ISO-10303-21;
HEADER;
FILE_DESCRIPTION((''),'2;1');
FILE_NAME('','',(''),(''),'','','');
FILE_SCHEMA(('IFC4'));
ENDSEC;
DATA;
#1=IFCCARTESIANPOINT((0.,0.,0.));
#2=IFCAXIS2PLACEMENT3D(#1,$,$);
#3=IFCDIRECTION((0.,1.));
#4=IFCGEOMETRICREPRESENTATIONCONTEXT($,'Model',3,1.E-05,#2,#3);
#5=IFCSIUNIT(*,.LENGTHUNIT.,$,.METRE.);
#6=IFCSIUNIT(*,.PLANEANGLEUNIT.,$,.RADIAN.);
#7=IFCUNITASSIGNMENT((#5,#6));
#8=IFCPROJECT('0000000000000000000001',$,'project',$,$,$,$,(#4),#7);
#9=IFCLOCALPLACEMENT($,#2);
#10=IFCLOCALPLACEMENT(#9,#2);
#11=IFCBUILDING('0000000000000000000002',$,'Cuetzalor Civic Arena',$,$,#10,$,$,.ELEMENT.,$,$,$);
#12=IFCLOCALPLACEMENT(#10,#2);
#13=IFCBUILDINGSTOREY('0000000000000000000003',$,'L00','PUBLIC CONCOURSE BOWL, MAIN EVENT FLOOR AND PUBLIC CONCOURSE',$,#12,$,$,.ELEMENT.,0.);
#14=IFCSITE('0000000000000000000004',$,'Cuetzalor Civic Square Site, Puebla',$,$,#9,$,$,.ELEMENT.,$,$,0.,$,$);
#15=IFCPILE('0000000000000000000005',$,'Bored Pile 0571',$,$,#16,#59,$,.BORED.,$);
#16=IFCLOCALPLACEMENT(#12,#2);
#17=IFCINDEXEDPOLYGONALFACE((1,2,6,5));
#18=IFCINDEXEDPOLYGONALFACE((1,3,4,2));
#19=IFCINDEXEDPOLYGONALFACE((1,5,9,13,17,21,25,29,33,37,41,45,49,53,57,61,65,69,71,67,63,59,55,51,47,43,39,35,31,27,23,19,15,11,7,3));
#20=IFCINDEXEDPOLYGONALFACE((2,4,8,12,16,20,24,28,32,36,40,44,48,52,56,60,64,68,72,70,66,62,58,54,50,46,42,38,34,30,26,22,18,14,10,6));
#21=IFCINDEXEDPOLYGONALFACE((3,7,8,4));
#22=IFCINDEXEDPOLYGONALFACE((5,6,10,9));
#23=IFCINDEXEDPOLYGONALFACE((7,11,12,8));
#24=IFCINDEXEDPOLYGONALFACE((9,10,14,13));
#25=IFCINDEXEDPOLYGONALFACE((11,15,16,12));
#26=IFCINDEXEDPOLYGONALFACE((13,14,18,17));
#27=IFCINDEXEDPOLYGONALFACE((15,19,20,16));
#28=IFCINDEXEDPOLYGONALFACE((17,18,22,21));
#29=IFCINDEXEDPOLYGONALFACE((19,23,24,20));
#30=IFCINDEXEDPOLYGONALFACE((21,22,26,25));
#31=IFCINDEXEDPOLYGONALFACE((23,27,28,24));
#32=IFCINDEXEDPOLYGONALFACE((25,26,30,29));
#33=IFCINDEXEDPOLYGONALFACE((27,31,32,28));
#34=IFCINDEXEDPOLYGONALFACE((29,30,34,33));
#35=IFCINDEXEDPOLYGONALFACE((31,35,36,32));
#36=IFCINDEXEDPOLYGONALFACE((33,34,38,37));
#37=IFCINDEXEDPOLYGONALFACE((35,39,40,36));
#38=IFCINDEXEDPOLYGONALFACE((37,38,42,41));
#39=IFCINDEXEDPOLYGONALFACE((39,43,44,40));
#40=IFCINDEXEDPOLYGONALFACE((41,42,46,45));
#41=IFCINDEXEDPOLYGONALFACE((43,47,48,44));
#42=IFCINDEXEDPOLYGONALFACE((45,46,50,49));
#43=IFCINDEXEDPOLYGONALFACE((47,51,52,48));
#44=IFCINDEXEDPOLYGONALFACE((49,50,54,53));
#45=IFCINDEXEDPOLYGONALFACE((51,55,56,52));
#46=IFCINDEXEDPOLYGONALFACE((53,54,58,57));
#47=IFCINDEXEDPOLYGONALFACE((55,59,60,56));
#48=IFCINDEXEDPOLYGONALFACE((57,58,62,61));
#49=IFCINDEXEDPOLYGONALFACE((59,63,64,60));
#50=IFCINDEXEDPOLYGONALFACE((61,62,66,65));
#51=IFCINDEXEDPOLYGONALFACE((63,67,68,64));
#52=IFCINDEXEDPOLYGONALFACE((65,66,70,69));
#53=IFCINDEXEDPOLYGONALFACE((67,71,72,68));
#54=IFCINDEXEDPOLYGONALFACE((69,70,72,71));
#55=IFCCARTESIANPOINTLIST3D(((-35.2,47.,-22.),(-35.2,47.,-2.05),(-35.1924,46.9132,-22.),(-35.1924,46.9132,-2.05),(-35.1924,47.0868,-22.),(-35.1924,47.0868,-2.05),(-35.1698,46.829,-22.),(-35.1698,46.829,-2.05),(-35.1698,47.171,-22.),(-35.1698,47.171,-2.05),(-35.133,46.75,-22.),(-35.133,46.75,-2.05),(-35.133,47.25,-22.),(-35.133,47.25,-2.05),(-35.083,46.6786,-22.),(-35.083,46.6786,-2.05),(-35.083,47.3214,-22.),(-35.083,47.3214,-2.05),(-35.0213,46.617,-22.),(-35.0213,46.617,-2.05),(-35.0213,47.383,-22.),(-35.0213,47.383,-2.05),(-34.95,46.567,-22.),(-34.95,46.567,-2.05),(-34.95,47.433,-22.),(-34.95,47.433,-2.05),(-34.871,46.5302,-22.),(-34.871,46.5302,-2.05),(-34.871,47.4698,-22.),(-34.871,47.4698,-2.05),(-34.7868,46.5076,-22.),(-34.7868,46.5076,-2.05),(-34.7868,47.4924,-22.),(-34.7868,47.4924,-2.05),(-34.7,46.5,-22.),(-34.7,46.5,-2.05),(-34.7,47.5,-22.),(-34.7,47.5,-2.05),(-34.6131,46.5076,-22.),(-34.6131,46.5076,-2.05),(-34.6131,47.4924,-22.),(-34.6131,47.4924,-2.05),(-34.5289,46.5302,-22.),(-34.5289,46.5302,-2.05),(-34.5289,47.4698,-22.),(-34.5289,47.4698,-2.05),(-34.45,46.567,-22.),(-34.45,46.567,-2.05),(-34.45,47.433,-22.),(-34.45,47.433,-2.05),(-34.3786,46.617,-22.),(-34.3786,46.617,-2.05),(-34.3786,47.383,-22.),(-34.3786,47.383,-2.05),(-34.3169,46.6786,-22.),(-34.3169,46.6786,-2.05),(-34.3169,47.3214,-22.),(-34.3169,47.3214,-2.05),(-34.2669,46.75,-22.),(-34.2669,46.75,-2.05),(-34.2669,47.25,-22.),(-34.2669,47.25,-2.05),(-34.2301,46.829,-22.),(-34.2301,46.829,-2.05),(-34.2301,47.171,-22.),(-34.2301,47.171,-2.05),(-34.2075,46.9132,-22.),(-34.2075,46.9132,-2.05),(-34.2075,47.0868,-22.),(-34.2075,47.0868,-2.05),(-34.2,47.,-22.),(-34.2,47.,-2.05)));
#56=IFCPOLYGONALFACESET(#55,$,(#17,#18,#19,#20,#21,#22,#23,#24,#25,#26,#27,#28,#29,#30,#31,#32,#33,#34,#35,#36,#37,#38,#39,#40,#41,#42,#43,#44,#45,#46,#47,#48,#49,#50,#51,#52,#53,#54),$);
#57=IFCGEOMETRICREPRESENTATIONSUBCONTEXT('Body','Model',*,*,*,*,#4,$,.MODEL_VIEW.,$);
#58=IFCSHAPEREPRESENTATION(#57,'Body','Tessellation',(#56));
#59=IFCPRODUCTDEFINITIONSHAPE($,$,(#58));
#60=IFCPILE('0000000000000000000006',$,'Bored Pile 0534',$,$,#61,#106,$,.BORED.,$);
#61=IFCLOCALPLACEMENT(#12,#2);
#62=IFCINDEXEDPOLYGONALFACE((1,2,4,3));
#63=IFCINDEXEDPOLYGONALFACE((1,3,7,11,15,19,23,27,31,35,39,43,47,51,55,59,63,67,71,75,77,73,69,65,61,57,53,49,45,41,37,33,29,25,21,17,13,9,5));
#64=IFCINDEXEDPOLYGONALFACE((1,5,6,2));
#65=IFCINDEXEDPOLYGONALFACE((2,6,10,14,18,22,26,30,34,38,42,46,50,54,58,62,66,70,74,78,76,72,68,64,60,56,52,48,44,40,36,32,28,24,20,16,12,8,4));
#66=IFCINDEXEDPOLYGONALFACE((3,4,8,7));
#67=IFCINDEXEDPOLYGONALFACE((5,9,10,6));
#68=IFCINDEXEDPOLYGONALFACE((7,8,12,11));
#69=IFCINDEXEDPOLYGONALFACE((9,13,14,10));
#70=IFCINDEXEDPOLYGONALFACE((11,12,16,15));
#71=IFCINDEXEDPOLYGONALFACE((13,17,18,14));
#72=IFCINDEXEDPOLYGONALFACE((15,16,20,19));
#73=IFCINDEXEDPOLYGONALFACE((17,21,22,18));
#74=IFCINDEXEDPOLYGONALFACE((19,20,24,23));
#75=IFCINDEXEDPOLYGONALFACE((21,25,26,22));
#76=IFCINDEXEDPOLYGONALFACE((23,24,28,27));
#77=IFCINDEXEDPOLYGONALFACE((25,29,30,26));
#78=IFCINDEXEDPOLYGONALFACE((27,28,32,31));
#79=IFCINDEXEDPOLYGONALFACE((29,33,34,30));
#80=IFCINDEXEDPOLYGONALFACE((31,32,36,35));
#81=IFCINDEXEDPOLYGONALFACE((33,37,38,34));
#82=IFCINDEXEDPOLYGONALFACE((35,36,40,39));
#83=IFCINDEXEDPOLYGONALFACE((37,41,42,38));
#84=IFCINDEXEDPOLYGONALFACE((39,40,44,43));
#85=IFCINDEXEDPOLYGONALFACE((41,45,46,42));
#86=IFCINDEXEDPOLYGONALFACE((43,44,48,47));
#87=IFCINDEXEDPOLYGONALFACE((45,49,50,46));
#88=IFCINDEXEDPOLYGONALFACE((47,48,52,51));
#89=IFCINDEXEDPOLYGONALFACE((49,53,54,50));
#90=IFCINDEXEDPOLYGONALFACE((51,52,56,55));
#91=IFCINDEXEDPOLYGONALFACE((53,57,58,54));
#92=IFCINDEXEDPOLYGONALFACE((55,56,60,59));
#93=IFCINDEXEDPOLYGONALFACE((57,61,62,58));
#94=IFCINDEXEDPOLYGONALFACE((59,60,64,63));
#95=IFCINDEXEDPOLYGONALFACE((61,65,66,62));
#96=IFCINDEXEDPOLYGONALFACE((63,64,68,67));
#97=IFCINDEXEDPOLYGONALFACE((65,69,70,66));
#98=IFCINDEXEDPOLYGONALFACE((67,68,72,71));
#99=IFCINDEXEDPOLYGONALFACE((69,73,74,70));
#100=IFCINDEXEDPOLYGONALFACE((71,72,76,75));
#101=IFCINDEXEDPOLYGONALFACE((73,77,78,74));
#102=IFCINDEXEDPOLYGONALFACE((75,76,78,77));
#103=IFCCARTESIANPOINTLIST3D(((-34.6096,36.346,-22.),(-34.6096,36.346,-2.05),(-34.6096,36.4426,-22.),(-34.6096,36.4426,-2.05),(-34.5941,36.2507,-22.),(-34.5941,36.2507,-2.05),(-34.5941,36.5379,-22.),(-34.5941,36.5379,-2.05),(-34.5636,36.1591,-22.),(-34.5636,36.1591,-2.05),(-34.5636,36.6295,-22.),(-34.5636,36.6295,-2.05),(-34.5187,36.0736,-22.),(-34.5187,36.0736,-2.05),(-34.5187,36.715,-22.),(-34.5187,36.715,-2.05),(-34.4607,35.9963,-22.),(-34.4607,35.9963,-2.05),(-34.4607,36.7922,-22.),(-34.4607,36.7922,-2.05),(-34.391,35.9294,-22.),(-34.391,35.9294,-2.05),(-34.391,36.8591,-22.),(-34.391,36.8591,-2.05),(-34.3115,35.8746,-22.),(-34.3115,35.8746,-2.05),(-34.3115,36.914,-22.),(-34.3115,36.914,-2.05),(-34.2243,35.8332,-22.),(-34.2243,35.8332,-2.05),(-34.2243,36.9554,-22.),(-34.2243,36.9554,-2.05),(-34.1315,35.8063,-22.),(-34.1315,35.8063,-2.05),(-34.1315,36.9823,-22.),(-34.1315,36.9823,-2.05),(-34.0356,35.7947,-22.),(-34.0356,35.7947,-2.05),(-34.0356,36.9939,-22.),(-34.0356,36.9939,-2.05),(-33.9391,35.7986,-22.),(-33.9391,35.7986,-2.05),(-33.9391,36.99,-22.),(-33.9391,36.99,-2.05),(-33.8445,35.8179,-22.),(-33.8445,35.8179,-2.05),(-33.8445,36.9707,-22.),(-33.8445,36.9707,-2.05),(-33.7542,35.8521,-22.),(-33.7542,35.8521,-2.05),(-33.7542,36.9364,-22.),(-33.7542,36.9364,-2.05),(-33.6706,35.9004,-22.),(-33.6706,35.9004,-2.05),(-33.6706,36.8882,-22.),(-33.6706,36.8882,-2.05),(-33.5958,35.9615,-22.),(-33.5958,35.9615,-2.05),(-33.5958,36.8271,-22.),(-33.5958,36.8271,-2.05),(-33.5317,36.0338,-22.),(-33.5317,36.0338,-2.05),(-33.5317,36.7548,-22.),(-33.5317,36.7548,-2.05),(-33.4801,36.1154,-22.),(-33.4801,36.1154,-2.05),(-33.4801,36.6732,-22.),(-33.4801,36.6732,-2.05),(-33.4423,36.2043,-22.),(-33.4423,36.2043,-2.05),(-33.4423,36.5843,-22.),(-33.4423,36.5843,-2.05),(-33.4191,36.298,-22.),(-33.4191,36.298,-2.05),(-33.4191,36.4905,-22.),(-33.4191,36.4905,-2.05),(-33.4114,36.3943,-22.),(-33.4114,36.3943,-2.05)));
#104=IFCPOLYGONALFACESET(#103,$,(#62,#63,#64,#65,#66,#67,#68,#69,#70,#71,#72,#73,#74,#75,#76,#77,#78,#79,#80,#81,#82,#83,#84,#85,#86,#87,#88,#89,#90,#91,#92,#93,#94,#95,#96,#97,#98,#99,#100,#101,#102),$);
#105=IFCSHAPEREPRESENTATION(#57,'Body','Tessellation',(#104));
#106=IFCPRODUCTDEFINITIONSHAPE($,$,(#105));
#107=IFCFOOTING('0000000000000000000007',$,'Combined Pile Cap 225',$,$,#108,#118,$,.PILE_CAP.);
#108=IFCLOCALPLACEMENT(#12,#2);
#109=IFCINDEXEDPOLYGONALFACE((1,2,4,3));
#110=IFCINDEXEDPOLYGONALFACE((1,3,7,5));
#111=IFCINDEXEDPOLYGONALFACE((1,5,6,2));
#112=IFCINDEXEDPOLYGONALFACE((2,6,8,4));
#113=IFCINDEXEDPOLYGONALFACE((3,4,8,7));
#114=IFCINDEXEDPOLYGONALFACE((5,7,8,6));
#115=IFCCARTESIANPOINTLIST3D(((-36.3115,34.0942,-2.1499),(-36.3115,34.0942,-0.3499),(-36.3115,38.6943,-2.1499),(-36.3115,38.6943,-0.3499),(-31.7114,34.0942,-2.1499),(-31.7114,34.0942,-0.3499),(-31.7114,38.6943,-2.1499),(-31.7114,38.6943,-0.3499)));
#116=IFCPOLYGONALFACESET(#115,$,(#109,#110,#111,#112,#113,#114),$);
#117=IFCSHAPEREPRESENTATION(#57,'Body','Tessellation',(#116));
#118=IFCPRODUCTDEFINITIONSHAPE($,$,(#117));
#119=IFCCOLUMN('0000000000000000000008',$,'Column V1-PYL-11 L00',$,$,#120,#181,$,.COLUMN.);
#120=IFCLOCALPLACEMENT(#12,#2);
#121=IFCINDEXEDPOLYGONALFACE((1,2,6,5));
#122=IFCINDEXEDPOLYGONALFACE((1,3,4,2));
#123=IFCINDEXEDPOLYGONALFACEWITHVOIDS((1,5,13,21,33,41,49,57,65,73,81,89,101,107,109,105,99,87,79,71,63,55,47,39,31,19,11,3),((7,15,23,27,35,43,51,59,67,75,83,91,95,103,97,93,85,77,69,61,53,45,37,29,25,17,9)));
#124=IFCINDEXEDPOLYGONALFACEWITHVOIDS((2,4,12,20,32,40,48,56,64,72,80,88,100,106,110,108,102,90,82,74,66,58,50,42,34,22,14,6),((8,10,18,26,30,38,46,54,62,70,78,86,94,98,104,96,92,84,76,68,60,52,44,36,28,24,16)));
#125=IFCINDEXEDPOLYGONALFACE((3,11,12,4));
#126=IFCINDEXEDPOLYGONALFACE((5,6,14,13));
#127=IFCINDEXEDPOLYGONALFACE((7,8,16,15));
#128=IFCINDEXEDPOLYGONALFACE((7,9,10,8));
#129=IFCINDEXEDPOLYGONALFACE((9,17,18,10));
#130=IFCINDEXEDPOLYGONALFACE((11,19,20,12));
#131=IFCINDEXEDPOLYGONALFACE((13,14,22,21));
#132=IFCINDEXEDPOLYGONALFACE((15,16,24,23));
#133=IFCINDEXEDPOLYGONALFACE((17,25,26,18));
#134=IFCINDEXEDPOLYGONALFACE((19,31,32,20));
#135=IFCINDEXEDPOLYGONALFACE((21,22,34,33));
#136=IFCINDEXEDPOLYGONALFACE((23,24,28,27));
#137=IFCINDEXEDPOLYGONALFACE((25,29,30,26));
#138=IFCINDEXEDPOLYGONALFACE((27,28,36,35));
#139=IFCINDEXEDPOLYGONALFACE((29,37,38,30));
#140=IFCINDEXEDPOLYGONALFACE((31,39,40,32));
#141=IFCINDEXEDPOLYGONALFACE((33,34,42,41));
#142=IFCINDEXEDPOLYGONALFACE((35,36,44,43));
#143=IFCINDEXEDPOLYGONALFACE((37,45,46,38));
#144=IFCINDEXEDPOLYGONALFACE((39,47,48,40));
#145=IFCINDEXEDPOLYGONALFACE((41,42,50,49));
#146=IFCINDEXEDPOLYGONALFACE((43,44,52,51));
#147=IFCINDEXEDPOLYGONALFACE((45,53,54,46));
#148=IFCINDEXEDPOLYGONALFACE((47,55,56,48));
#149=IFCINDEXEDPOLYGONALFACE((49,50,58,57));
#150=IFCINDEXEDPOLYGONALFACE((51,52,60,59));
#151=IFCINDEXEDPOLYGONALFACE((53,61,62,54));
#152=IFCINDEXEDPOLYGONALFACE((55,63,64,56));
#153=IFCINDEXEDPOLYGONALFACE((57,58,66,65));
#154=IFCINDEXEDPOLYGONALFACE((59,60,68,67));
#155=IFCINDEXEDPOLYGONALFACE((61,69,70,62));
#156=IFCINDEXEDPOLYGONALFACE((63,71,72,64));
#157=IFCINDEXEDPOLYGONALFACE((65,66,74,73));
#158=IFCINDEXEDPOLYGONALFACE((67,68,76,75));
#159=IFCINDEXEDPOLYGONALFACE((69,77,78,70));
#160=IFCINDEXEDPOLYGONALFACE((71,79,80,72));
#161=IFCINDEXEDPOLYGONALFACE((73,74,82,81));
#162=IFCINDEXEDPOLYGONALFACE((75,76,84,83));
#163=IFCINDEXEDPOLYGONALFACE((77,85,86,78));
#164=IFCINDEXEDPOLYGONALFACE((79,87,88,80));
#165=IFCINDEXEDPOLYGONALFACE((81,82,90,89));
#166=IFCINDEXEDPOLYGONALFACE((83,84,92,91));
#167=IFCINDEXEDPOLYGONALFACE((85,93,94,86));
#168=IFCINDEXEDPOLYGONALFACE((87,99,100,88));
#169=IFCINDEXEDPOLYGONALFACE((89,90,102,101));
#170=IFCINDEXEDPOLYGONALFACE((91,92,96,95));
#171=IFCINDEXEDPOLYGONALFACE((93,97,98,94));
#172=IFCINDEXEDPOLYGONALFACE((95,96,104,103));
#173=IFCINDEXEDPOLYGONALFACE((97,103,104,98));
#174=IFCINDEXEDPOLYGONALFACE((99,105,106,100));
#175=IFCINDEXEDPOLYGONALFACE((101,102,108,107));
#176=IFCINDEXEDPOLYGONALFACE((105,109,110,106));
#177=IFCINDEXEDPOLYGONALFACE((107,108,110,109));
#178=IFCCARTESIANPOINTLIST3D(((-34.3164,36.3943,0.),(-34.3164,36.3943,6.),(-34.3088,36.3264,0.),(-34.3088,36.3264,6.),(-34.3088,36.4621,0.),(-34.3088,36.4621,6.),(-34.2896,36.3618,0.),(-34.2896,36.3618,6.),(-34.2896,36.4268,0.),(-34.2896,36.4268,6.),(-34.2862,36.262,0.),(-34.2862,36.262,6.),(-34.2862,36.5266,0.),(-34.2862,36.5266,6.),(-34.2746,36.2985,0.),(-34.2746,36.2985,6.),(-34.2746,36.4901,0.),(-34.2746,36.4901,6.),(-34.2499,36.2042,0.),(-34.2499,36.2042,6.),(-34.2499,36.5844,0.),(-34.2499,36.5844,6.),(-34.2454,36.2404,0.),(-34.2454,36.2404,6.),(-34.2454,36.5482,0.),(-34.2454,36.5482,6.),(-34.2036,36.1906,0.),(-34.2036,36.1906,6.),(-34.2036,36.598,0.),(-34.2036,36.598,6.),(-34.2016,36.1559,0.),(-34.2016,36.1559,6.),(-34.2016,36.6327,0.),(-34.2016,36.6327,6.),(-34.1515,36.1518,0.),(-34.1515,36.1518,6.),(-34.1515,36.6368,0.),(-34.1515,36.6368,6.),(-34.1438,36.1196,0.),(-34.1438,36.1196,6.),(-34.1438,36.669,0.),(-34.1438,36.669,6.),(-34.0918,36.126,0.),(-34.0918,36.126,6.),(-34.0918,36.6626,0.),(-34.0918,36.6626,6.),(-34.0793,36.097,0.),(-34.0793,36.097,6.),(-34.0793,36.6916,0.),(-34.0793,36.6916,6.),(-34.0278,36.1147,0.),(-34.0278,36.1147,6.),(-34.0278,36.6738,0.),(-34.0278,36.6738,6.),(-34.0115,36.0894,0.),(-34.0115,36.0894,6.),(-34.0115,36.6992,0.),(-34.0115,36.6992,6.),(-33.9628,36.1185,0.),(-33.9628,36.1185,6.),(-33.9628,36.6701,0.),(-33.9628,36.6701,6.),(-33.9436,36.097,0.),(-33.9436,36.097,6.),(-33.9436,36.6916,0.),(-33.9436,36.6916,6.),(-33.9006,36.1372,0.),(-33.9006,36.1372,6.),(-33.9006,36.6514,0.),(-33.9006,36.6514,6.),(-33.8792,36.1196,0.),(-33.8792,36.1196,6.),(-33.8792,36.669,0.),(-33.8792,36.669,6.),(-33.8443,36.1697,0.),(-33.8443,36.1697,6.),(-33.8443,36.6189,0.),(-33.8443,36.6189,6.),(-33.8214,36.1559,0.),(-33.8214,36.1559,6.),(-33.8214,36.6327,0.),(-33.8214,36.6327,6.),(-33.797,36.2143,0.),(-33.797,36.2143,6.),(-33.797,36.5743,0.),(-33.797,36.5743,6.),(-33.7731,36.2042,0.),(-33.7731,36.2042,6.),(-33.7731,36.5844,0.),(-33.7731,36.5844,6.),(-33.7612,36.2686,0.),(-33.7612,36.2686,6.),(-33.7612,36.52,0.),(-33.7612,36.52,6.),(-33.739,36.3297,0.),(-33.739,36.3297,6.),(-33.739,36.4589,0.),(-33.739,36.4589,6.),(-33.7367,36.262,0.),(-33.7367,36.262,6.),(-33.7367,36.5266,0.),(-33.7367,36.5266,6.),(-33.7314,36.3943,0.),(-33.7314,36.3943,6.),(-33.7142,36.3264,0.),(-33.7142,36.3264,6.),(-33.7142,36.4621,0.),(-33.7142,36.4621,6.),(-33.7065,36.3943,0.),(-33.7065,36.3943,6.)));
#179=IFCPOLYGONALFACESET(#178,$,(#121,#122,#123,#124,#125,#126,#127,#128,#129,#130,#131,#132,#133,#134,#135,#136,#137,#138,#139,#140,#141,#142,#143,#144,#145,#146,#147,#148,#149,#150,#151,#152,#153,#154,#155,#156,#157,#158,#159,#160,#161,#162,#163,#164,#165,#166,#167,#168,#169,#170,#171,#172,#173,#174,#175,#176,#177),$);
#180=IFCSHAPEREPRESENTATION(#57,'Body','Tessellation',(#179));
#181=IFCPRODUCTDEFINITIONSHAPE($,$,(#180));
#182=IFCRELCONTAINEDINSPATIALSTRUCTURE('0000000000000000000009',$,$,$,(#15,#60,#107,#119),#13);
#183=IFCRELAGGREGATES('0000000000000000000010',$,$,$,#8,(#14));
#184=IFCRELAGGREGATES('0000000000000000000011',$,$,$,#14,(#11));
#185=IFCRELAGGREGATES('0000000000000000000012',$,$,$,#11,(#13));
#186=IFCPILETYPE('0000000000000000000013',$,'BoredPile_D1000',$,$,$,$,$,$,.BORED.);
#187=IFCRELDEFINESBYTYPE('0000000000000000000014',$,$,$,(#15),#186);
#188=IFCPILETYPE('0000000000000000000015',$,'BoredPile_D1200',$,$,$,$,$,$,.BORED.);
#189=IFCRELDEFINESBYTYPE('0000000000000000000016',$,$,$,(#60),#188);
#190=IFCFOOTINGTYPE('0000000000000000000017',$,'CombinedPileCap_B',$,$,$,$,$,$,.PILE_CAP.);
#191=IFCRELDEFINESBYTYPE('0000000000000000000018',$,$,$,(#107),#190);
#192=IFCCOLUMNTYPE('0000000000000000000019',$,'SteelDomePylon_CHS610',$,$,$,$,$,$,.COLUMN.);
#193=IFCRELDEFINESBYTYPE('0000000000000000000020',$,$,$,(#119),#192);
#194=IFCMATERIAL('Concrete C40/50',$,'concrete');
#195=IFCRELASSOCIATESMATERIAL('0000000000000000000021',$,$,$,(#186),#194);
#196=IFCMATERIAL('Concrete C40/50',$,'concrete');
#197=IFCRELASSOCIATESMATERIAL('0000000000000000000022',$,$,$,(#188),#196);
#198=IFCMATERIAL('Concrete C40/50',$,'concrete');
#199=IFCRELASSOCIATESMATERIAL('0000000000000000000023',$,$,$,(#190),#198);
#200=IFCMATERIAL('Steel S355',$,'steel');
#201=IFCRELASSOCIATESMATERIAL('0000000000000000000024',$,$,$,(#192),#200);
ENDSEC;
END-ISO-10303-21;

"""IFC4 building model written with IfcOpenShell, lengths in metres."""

from ifc_helpers import new_model, si_unit, direction, frame, origin, origin_2d, place, context, subcontext, project, spatial, rectangle, circle, hollow_circle, extrude, material, material_profile, profile_set, type_object, element, save


model = new_model("IFC4")

# Units and contexts
model_context = context("Model", 3, precision=1e-05, world=origin(), true_north=direction((0.0, 1.0)))
body_context = subcontext(model_context, "Body", "Model", "MODEL_VIEW")
ifc_project = project(units=[si_unit("LENGTHUNIT", "METRE"), si_unit("PLANEANGLEUNIT", "RADIAN")], contexts=[model_context])

# Site, building, storey
site_placement = place(None, origin())
site = spatial("IfcSite", under=ifc_project, at=site_placement, Name="Cuetzalor Civic Square Site, Puebla", CompositionType="ELEMENT", RefElevation=0.0)
building_placement = place(site_placement, origin())
building = spatial("IfcBuilding", under=site, at=building_placement, Name="Cuetzalor Civic Arena", CompositionType="ELEMENT")
storey_placement = place(building_placement, origin())
storey = spatial("IfcBuildingStorey", under=building, at=storey_placement, Name="L00", Description="PUBLIC CONCOURSE BOWL, MAIN EVENT FLOOR AND PUBLIC CONCOURSE", CompositionType="ELEMENT", Elevation=0.0)

# Piles
ifc_material_1 = material(Name="Concrete C40/50", Category="concrete")
ifc_material_profile_1 = material_profile(ifc_material_1, circle(Radius=0.5, at=origin_2d()), Name="BORED PILE D1000")
ifc_profile_set_1 = profile_set([ifc_material_profile_1], Name="Concrete C40/50")
pile_type_1 = type_object("IfcPileType", Name="BoredPile_D1000", PredefinedType="BORED", material=ifc_profile_set_1)
for number, where, z_axis, x_axis, name in (
    (1, (-34.7, 47.0, -2.05), (0.0, 0.0, -1.0), (1.0, 0.0, 0.0), "Bored Pile 0571"),
):
    element("IfcPile", number, at=place(storey_placement, frame(where, z_axis=z_axis, x_axis=x_axis)), inside=storey, type_object=pile_type_1, Name=name, PredefinedType="BORED", context=body_context, shape_type="SweptSolid", body=[
        extrude(circle(Radius=0.5, at=origin_2d()), origin(), (0.0, 0.0, 1.0), 19.95),
    ])
ifc_material_2 = material(Name="Concrete C40/50", Category="concrete")
ifc_material_profile_2 = material_profile(ifc_material_2, circle(Radius=0.6001, at=origin_2d()), Name="BORED PILE D1200")
ifc_profile_set_2 = profile_set([ifc_material_profile_2], Name="Concrete C40/50")
pile_type_2 = type_object("IfcPileType", Name="BoredPile_D1200", PredefinedType="BORED", material=ifc_profile_set_2)
pile_placement = place(storey_placement, frame((-34.0115, 36.3943, -2.05), z_axis=(0.0, 0.0, -1.0), x_axis=(1.0, 0.0, 0.0)))
element("IfcPile", 2, at=pile_placement, inside=storey, type_object=pile_type_2, Name="Bored Pile 0534", PredefinedType="BORED", context=body_context, shape_type="SweptSolid", body=[
    extrude(circle(Radius=0.6001, at=origin_2d()), origin(), (0.0, 0.0, 1.0), 19.95),
])

# Footing
ifc_material_3 = material(Name="Concrete C40/50", Category="concrete")
footing_type = type_object("IfcFootingType", Name="CombinedPileCap_B", PredefinedType="PILE_CAP", material=ifc_material_3)
footing_placement = place(storey_placement, frame((-34.0115, 36.3943, -2.1499), z_axis=(0.0, 0.0, 1.0), x_axis=(1.0, 0.0, 0.0)))
element("IfcFooting", 3, at=footing_placement, inside=storey, type_object=footing_type, Name="Combined Pile Cap 225", PredefinedType="PILE_CAP", context=body_context, shape_type="SweptSolid", body=[
    extrude(rectangle(XDim=4.6001, YDim=4.6001, at=origin_2d()), origin(), (0.0, 0.0, 1.0), 1.8),
])

# Column
ifc_material_4 = material(Name="Steel S355", Category="steel")
ifc_material_profile_3 = material_profile(ifc_material_4, hollow_circle(Radius=0.3049, WallThickness=0.0249, at=origin_2d()), Name="CHS 610x25")
ifc_profile_set_3 = profile_set([ifc_material_profile_3], Name="Steel S355")
column_type = type_object("IfcColumnType", Name="SteelDomePylon_CHS610", PredefinedType="COLUMN", material=ifc_profile_set_3)
column_placement = place(storey_placement, frame((-34.0115, 36.3943, 0.0), z_axis=(0.0, 0.0, 1.0), x_axis=(1.0, 0.0, 0.0)))
element("IfcColumn", 4, at=column_placement, inside=storey, type_object=column_type, Name="Column V1-PYL-11 L00", PredefinedType="COLUMN", context=body_context, shape_type="SweptSolid", body=[
    extrude(hollow_circle(Radius=0.3049, WallThickness=0.0249, at=origin_2d()), origin(), (0.0, 0.0, 1.0), 6.0),
])

save(model, "model.ifc")
